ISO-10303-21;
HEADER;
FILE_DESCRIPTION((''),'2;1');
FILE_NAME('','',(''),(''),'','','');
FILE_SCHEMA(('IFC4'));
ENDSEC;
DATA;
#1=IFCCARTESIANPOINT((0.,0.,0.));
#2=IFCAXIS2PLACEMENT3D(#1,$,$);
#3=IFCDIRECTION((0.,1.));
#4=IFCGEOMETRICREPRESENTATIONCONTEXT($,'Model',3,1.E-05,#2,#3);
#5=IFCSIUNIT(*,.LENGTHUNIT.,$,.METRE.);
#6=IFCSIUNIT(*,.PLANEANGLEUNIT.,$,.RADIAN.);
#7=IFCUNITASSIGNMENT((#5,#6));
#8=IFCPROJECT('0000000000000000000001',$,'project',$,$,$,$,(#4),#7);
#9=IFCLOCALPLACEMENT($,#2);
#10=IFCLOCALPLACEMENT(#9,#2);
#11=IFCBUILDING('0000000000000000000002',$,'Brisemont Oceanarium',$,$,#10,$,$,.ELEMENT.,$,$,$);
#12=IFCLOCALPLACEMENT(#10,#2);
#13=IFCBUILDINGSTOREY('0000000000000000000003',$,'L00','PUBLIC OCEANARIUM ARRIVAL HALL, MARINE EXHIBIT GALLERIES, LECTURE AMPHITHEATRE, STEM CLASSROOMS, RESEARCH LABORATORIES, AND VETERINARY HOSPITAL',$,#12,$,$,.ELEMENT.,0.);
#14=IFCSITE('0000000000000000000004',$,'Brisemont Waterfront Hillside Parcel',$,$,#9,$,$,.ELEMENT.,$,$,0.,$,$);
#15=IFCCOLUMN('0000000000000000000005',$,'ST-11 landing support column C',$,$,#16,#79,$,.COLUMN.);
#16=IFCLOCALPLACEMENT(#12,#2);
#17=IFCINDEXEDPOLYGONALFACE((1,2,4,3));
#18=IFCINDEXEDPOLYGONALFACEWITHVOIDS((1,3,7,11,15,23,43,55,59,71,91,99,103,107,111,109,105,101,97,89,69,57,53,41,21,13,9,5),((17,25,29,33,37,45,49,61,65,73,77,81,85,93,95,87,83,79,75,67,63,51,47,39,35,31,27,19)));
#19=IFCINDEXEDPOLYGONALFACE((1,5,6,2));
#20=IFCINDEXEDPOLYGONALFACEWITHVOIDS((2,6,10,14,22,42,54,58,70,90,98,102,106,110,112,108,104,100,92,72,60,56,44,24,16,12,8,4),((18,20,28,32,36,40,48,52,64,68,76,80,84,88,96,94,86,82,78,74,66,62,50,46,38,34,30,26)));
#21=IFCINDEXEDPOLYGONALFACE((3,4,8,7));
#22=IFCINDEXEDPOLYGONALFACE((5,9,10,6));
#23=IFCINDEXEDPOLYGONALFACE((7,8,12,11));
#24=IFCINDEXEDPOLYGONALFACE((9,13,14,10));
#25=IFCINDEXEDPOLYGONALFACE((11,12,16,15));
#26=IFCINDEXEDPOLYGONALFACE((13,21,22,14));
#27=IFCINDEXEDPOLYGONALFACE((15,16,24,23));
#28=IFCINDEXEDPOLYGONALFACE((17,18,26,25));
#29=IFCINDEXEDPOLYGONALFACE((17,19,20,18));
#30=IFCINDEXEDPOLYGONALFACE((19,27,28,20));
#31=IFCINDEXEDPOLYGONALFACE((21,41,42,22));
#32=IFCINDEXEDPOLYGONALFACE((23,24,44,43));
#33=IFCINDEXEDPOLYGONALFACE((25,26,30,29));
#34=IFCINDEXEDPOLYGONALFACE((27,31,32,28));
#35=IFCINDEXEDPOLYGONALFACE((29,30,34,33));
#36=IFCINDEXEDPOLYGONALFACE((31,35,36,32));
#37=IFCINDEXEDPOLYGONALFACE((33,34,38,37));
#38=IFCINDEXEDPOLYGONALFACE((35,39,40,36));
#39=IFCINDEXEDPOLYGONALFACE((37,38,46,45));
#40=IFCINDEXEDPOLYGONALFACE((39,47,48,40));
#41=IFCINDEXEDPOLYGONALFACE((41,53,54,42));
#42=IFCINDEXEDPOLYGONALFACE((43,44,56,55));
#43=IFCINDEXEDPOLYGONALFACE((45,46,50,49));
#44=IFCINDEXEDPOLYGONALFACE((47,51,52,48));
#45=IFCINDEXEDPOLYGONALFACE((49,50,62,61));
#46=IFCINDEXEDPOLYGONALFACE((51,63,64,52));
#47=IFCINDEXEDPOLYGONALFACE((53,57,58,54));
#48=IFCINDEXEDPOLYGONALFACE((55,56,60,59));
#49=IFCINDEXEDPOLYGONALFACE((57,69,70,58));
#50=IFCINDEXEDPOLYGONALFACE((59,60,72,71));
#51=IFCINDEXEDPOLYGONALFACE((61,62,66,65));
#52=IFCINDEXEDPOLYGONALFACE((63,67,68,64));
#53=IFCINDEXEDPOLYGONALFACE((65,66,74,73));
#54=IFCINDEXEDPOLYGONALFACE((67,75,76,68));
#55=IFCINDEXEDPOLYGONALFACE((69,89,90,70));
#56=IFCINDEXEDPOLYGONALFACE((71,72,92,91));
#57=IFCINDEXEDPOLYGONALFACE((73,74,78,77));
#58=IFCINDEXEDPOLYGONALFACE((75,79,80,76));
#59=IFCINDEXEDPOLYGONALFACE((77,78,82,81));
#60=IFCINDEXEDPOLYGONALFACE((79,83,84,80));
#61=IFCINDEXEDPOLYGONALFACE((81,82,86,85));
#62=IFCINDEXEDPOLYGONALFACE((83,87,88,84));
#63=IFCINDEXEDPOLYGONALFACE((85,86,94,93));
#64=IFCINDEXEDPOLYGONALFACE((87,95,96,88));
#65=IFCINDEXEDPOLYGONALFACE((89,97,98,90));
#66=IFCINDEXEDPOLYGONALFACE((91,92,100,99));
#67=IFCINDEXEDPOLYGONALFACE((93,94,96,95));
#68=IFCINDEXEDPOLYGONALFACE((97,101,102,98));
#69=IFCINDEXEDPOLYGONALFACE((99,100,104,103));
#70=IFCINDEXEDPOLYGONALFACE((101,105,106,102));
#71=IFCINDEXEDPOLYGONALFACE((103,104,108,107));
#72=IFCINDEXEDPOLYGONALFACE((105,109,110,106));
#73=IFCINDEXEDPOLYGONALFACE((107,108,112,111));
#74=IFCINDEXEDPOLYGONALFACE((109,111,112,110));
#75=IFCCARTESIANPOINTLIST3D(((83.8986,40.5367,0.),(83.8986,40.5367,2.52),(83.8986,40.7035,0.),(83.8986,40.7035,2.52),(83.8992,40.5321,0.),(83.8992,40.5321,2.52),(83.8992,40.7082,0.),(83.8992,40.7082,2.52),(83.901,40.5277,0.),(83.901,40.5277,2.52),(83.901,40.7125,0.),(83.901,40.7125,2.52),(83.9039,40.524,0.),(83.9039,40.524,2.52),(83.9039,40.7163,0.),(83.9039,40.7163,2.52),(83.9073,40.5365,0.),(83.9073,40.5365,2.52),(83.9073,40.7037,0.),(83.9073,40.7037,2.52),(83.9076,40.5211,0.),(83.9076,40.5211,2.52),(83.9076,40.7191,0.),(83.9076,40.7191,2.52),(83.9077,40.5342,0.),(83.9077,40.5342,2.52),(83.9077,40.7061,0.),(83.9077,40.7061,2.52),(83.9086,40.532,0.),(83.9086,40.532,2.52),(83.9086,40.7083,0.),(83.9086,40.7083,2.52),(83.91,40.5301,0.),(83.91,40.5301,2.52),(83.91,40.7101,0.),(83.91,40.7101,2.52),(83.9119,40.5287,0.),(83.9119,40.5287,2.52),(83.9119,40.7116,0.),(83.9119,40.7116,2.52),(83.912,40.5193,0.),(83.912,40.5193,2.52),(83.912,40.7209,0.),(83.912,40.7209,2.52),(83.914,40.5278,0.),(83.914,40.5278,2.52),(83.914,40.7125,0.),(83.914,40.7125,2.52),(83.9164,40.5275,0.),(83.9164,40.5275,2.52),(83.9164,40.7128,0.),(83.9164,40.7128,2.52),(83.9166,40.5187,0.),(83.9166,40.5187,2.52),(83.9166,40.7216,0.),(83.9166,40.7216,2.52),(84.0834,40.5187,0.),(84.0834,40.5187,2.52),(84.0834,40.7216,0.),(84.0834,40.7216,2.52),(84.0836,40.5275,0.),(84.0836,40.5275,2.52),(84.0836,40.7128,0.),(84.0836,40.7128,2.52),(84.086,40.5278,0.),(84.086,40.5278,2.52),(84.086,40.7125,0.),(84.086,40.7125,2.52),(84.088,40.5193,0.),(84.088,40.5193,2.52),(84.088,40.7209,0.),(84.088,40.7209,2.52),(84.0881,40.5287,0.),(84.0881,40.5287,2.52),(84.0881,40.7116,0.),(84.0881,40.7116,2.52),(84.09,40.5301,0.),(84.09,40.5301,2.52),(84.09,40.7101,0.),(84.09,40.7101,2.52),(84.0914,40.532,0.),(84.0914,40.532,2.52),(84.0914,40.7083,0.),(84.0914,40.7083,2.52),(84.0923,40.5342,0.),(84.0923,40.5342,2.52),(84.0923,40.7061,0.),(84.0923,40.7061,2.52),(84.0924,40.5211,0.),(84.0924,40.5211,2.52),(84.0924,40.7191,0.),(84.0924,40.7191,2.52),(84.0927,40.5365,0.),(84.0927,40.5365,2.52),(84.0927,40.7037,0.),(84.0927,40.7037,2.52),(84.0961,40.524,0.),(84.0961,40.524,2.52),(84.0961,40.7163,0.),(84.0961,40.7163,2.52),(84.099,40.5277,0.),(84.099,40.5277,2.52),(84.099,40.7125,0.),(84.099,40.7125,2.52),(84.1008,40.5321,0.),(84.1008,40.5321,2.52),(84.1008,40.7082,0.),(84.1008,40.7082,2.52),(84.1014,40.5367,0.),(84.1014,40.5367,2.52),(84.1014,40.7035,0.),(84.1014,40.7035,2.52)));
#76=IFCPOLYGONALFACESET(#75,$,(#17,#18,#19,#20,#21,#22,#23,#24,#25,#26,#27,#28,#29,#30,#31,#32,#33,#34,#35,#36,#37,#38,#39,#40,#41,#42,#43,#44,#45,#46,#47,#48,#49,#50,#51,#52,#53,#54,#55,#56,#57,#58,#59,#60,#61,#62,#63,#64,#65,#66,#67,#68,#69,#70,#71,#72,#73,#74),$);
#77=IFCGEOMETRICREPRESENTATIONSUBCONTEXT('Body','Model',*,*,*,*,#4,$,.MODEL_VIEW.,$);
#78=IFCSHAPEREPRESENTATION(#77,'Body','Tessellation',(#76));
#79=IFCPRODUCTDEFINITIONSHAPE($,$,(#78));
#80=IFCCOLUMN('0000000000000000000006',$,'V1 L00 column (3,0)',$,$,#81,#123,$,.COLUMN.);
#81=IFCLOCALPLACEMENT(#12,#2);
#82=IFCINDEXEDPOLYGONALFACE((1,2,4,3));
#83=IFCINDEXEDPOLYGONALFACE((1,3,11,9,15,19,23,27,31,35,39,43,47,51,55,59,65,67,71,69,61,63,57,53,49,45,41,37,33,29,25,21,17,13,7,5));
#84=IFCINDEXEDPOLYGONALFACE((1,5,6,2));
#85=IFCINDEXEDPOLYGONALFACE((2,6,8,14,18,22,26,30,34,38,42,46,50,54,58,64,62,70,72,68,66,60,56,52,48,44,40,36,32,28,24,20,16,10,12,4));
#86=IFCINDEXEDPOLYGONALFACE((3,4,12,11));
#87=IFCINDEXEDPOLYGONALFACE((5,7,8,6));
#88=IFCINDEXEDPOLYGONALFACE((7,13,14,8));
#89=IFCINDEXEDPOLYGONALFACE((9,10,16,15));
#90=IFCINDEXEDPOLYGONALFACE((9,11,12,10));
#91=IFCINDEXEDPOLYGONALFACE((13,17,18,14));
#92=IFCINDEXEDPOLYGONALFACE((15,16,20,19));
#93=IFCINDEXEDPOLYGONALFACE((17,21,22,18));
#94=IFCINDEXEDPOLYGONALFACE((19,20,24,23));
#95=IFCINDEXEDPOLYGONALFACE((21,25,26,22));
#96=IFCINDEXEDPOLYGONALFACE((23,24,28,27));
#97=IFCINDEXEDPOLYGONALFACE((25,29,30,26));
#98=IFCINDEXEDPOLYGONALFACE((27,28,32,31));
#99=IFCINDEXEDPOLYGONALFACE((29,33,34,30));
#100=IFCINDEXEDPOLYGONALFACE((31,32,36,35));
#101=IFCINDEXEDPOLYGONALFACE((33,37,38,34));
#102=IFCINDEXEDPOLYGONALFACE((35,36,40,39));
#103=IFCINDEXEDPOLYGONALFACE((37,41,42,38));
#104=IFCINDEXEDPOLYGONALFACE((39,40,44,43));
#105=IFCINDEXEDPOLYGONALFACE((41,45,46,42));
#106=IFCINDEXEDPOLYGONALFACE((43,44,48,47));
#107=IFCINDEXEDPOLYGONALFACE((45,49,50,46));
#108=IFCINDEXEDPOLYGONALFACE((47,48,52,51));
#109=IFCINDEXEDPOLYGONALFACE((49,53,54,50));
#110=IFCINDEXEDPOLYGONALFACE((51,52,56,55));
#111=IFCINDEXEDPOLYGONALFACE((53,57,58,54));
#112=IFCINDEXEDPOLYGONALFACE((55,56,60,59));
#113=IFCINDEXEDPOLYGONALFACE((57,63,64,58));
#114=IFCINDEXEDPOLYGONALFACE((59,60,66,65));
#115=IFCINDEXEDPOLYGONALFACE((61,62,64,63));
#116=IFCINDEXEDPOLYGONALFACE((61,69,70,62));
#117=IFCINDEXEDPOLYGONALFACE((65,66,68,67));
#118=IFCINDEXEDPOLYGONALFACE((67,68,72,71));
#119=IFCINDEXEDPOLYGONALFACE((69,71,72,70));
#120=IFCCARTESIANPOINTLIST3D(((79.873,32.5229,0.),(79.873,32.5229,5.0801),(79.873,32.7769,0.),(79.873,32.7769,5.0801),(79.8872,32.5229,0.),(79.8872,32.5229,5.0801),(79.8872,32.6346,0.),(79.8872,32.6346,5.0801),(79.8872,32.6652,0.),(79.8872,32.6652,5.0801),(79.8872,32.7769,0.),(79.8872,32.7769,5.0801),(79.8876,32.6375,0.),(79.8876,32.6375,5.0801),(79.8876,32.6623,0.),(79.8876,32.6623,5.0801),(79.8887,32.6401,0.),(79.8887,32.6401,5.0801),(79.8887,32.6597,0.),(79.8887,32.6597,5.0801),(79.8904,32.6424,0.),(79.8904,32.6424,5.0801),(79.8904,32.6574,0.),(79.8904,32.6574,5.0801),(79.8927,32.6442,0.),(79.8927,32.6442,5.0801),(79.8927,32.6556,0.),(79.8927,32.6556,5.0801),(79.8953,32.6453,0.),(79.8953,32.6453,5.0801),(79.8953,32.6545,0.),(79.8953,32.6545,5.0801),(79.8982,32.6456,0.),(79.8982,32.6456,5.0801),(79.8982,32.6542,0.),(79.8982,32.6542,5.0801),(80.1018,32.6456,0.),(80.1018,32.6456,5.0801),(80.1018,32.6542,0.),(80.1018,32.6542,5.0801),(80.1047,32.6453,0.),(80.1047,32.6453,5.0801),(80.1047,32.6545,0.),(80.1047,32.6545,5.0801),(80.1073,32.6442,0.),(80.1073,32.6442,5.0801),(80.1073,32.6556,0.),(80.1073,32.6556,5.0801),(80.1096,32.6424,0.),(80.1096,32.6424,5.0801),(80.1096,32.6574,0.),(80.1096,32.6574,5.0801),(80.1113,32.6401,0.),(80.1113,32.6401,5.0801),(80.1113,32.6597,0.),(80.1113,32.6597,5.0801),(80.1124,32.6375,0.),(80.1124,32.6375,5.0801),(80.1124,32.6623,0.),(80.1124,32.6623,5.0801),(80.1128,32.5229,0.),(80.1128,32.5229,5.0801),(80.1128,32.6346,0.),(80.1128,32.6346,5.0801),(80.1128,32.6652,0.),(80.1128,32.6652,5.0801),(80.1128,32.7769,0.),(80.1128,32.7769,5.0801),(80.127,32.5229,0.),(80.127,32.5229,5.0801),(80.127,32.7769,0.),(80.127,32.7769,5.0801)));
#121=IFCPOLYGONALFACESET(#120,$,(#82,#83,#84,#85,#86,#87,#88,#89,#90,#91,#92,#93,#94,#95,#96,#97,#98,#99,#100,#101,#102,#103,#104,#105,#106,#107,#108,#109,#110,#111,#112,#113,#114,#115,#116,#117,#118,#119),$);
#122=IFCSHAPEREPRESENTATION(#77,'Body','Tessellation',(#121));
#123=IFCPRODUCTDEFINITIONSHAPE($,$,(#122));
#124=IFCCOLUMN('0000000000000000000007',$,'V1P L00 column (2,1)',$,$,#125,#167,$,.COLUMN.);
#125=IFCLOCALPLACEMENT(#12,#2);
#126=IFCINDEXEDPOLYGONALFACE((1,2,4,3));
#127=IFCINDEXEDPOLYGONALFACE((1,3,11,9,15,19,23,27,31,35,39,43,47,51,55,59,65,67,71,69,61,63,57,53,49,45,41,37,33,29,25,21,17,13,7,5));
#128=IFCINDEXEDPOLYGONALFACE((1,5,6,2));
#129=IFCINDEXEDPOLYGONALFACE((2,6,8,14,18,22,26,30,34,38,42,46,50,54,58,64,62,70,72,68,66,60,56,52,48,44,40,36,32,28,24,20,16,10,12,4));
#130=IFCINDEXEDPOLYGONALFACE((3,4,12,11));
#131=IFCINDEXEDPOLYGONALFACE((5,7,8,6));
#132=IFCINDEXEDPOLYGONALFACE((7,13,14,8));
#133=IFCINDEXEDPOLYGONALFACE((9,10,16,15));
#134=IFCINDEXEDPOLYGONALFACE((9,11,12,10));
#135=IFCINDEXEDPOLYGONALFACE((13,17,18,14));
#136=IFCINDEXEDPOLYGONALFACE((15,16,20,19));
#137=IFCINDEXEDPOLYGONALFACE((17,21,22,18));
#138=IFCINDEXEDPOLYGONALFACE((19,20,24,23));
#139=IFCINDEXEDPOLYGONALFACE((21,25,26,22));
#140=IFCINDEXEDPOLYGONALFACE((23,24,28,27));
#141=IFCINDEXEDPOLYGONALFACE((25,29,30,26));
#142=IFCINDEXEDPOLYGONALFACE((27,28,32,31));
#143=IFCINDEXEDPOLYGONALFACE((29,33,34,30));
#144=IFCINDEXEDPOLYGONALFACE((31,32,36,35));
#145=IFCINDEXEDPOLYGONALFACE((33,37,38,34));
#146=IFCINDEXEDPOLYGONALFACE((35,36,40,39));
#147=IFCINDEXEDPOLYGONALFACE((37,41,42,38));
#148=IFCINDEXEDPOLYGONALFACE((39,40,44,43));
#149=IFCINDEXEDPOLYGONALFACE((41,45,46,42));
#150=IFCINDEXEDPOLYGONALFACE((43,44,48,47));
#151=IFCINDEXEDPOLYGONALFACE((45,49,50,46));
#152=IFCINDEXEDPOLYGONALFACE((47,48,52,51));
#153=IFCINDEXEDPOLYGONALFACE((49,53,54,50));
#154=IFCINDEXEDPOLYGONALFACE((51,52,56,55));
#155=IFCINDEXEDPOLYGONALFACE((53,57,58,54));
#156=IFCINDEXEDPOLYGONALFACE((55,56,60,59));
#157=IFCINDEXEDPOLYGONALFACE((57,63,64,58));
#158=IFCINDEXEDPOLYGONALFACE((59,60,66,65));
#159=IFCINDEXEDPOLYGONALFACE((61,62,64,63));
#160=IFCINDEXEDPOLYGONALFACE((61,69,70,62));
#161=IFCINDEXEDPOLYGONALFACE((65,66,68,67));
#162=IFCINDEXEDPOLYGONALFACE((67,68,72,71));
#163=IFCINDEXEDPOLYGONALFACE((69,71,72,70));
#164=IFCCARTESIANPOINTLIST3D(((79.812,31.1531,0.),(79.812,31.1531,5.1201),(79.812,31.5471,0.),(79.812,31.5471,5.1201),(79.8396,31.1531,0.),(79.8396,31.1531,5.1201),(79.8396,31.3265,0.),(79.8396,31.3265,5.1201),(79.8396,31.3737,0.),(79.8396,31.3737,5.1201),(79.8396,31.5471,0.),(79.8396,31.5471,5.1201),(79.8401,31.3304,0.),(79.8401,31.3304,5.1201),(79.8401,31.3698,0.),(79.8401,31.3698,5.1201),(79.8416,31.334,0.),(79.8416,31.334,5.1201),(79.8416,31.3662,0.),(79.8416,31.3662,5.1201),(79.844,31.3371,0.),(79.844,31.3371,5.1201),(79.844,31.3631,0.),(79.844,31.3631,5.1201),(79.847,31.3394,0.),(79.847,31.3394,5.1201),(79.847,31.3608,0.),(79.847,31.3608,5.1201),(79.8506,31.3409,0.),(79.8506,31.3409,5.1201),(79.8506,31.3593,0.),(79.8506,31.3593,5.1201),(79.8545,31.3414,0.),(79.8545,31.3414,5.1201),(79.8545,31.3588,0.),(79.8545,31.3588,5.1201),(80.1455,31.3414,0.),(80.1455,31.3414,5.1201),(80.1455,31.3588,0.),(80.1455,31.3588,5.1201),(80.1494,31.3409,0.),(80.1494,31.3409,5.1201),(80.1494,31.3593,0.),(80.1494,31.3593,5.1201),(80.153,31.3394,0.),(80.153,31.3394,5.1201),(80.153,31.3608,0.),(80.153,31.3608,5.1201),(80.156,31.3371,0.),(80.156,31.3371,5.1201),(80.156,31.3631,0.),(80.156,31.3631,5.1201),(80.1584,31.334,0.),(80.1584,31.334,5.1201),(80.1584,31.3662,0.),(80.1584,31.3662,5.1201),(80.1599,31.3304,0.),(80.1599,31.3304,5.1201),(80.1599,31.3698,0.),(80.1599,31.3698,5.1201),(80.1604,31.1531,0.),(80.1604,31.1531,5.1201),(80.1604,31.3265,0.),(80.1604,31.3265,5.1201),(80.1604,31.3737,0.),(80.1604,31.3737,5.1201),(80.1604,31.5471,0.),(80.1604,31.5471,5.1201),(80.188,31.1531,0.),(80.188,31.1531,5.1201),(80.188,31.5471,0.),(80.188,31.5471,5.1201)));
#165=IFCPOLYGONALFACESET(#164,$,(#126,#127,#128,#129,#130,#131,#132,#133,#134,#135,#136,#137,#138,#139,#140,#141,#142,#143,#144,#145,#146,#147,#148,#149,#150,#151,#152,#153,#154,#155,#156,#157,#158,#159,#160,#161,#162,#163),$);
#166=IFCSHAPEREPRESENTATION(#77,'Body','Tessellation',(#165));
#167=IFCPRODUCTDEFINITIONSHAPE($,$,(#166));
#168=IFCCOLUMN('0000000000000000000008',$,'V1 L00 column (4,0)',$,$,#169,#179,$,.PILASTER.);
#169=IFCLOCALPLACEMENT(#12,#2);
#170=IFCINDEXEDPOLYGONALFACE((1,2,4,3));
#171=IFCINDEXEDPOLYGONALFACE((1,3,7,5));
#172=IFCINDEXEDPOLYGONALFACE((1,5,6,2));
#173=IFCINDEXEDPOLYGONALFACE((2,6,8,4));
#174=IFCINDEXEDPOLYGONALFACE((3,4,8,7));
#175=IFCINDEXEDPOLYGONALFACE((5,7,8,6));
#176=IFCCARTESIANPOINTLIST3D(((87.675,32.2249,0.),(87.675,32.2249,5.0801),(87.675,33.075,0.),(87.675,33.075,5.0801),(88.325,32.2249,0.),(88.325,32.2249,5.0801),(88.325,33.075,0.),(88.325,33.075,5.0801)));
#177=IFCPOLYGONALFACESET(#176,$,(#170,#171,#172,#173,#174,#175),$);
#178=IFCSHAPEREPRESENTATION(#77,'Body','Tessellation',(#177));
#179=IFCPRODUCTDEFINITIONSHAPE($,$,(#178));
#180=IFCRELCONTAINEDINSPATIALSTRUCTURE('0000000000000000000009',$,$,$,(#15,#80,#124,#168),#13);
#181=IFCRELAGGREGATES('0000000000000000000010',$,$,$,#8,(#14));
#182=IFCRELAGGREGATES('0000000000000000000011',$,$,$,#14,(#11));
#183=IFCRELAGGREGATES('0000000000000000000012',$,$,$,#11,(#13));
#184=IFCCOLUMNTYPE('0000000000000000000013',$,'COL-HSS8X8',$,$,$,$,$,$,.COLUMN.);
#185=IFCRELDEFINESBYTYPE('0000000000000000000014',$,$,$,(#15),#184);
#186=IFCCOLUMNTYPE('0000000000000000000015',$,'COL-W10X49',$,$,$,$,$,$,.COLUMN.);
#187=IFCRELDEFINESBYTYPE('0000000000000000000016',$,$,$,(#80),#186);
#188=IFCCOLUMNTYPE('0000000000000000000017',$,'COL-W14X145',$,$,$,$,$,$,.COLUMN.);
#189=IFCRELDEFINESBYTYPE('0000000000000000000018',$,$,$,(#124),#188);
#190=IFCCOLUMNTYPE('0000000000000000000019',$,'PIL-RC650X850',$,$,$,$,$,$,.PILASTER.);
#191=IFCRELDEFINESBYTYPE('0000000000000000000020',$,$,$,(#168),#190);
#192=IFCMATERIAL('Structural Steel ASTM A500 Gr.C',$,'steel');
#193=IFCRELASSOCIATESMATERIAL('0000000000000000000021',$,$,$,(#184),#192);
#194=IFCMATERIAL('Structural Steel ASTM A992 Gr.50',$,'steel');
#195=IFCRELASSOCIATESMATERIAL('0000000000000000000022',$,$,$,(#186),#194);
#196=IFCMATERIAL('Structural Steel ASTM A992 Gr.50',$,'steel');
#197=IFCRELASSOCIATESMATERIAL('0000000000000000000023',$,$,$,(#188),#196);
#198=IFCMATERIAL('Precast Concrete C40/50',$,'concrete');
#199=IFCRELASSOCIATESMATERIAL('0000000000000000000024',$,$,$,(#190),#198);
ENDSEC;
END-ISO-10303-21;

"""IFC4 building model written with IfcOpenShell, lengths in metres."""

from ifc_helpers import new_model, si_unit, direction, frame, origin, origin_2d, place, context, subcontext, project, spatial, rectangle, hollow_rectangle, i_section, extrude, material, material_profile, profile_set, type_object, element, save


model = new_model("IFC4")

# Units and contexts
model_context = context("Model", 3, precision=1e-05, world=origin(), true_north=direction((0.0, 1.0)))
body_context = subcontext(model_context, "Body", "Model", "MODEL_VIEW")
ifc_project = project(units=[si_unit("LENGTHUNIT", "METRE"), si_unit("PLANEANGLEUNIT", "RADIAN")], contexts=[model_context])

# Site, building, storey
site_placement = place(None, origin())
site = spatial("IfcSite", under=ifc_project, at=site_placement, Name="Brisemont Waterfront Hillside Parcel", CompositionType="ELEMENT", RefElevation=0.0)
building_placement = place(site_placement, origin())
building = spatial("IfcBuilding", under=site, at=building_placement, Name="Brisemont Oceanarium", CompositionType="ELEMENT")
storey_placement = place(building_placement, origin())
storey = spatial("IfcBuildingStorey", under=building, at=storey_placement, Name="L00", Description="PUBLIC OCEANARIUM ARRIVAL HALL, MARINE EXHIBIT GALLERIES, LECTURE AMPHITHEATRE, STEM CLASSROOMS, RESEARCH LABORATORIES, AND VETERINARY HOSPITAL", CompositionType="ELEMENT", Elevation=0.0)

# Columns
ifc_material_1 = material(Name="Structural Steel ASTM A500 Gr.C", Category="steel")
ifc_material_profile_1 = material_profile(ifc_material_1, hollow_rectangle(XDim=0.2029, YDim=0.2029, WallThickness=0.0088, InnerFilletRadius=0.009, OuterFilletRadius=0.0181, at=origin_2d()), Name="HSS8X8X3/8")
ifc_profile_set_1 = profile_set([ifc_material_profile_1], Name="Structural Steel ASTM A500 Gr.C")
column_type_1 = type_object("IfcColumnType", Name="COL-HSS8X8", PredefinedType="COLUMN", material=ifc_profile_set_1)
column_1_placement = place(storey_placement, frame((84.0, 40.6201, 0.0), z_axis=(0.0, 0.0, 1.0), x_axis=(1.0, 0.0, 0.0)))
element("IfcColumn", 1, at=column_1_placement, inside=storey, type_object=column_type_1, Name="ST-11 landing support column C", PredefinedType="COLUMN", context=body_context, shape_type="SweptSolid", body=[
    extrude(hollow_rectangle(XDim=0.2029, YDim=0.2029, WallThickness=0.0088, InnerFilletRadius=0.009, OuterFilletRadius=0.0181, at=origin_2d()), origin(), (0.0, 0.0, 1.0), 2.52),
])
ifc_material_2 = material(Name="Structural Steel ASTM A992 Gr.50", Category="steel")
ifc_material_profile_2 = material_profile(ifc_material_2, i_section(OverallWidth=0.2539, OverallDepth=0.2539, WebThickness=0.0085, FlangeThickness=0.0142, FilletRadius=0.011, at=origin_2d()), Name="W10X49")
ifc_profile_set_2 = profile_set([ifc_material_profile_2], Name="Structural Steel ASTM A992 Gr.50")
column_type_2 = type_object("IfcColumnType", Name="COL-W10X49", PredefinedType="COLUMN", material=ifc_profile_set_2)
column_2_placement = place(storey_placement, frame((80.0, 32.6499, 0.0), z_axis=(0.0, 0.0, 1.0), x_axis=(0.0, 1.0, 0.0)))
element("IfcColumn", 2, at=column_2_placement, inside=storey, type_object=column_type_2, Name="V1 L00 column (3,0)", PredefinedType="COLUMN", context=body_context, shape_type="SweptSolid", body=[
    extrude(i_section(OverallWidth=0.2539, OverallDepth=0.2539, WebThickness=0.0085, FlangeThickness=0.0142, FilletRadius=0.011, at=origin_2d()), origin(), (0.0, 0.0, 1.0), 5.0801),
])
ifc_material_3 = material(Name="Structural Steel ASTM A992 Gr.50", Category="steel")
ifc_material_profile_3 = material_profile(ifc_material_3, i_section(OverallWidth=0.394, OverallDepth=0.376, WebThickness=0.0173, FlangeThickness=0.0276, FilletRadius=0.0149, at=origin_2d()), Name="W14X145")
ifc_profile_set_3 = profile_set([ifc_material_profile_3], Name="Structural Steel ASTM A992 Gr.50")
column_type_3 = type_object("IfcColumnType", Name="COL-W14X145", PredefinedType="COLUMN", material=ifc_profile_set_3)
column_3_placement = place(storey_placement, frame((80.0, 31.3501, 0.0), z_axis=(0.0, 0.0, 1.0), x_axis=(0.0, 1.0, 0.0)))
element("IfcColumn", 3, at=column_3_placement, inside=storey, type_object=column_type_3, Name="V1P L00 column (2,1)", PredefinedType="COLUMN", context=body_context, shape_type="SweptSolid", body=[
    extrude(i_section(OverallWidth=0.394, OverallDepth=0.376, WebThickness=0.0173, FlangeThickness=0.0276, FilletRadius=0.0149, at=origin_2d()), origin(), (0.0, 0.0, 1.0), 5.1201),
])
ifc_material_4 = material(Name="Precast Concrete C40/50", Category="concrete")
ifc_material_profile_4 = material_profile(ifc_material_4, rectangle(XDim=0.6499, YDim=0.8501, at=origin_2d()), Name="RC-PIL-650X850")
ifc_profile_set_4 = profile_set([ifc_material_profile_4], Name="Precast Concrete C40/50")
column_type_4 = type_object("IfcColumnType", Name="PIL-RC650X850", PredefinedType="PILASTER", material=ifc_profile_set_4)
column_4_placement = place(storey_placement, frame((88.0, 32.6499, 0.0), z_axis=(0.0, 0.0, 1.0), x_axis=(1.0, 0.0, 0.0)))
element("IfcColumn", 4, at=column_4_placement, inside=storey, type_object=column_type_4, Name="V1 L00 column (4,0)", PredefinedType="PILASTER", context=body_context, shape_type="SweptSolid", body=[
    extrude(rectangle(XDim=0.6499, YDim=0.8501, at=origin_2d()), origin(), (0.0, 0.0, 1.0), 5.0801),
])

save(model, "model.ifc")
